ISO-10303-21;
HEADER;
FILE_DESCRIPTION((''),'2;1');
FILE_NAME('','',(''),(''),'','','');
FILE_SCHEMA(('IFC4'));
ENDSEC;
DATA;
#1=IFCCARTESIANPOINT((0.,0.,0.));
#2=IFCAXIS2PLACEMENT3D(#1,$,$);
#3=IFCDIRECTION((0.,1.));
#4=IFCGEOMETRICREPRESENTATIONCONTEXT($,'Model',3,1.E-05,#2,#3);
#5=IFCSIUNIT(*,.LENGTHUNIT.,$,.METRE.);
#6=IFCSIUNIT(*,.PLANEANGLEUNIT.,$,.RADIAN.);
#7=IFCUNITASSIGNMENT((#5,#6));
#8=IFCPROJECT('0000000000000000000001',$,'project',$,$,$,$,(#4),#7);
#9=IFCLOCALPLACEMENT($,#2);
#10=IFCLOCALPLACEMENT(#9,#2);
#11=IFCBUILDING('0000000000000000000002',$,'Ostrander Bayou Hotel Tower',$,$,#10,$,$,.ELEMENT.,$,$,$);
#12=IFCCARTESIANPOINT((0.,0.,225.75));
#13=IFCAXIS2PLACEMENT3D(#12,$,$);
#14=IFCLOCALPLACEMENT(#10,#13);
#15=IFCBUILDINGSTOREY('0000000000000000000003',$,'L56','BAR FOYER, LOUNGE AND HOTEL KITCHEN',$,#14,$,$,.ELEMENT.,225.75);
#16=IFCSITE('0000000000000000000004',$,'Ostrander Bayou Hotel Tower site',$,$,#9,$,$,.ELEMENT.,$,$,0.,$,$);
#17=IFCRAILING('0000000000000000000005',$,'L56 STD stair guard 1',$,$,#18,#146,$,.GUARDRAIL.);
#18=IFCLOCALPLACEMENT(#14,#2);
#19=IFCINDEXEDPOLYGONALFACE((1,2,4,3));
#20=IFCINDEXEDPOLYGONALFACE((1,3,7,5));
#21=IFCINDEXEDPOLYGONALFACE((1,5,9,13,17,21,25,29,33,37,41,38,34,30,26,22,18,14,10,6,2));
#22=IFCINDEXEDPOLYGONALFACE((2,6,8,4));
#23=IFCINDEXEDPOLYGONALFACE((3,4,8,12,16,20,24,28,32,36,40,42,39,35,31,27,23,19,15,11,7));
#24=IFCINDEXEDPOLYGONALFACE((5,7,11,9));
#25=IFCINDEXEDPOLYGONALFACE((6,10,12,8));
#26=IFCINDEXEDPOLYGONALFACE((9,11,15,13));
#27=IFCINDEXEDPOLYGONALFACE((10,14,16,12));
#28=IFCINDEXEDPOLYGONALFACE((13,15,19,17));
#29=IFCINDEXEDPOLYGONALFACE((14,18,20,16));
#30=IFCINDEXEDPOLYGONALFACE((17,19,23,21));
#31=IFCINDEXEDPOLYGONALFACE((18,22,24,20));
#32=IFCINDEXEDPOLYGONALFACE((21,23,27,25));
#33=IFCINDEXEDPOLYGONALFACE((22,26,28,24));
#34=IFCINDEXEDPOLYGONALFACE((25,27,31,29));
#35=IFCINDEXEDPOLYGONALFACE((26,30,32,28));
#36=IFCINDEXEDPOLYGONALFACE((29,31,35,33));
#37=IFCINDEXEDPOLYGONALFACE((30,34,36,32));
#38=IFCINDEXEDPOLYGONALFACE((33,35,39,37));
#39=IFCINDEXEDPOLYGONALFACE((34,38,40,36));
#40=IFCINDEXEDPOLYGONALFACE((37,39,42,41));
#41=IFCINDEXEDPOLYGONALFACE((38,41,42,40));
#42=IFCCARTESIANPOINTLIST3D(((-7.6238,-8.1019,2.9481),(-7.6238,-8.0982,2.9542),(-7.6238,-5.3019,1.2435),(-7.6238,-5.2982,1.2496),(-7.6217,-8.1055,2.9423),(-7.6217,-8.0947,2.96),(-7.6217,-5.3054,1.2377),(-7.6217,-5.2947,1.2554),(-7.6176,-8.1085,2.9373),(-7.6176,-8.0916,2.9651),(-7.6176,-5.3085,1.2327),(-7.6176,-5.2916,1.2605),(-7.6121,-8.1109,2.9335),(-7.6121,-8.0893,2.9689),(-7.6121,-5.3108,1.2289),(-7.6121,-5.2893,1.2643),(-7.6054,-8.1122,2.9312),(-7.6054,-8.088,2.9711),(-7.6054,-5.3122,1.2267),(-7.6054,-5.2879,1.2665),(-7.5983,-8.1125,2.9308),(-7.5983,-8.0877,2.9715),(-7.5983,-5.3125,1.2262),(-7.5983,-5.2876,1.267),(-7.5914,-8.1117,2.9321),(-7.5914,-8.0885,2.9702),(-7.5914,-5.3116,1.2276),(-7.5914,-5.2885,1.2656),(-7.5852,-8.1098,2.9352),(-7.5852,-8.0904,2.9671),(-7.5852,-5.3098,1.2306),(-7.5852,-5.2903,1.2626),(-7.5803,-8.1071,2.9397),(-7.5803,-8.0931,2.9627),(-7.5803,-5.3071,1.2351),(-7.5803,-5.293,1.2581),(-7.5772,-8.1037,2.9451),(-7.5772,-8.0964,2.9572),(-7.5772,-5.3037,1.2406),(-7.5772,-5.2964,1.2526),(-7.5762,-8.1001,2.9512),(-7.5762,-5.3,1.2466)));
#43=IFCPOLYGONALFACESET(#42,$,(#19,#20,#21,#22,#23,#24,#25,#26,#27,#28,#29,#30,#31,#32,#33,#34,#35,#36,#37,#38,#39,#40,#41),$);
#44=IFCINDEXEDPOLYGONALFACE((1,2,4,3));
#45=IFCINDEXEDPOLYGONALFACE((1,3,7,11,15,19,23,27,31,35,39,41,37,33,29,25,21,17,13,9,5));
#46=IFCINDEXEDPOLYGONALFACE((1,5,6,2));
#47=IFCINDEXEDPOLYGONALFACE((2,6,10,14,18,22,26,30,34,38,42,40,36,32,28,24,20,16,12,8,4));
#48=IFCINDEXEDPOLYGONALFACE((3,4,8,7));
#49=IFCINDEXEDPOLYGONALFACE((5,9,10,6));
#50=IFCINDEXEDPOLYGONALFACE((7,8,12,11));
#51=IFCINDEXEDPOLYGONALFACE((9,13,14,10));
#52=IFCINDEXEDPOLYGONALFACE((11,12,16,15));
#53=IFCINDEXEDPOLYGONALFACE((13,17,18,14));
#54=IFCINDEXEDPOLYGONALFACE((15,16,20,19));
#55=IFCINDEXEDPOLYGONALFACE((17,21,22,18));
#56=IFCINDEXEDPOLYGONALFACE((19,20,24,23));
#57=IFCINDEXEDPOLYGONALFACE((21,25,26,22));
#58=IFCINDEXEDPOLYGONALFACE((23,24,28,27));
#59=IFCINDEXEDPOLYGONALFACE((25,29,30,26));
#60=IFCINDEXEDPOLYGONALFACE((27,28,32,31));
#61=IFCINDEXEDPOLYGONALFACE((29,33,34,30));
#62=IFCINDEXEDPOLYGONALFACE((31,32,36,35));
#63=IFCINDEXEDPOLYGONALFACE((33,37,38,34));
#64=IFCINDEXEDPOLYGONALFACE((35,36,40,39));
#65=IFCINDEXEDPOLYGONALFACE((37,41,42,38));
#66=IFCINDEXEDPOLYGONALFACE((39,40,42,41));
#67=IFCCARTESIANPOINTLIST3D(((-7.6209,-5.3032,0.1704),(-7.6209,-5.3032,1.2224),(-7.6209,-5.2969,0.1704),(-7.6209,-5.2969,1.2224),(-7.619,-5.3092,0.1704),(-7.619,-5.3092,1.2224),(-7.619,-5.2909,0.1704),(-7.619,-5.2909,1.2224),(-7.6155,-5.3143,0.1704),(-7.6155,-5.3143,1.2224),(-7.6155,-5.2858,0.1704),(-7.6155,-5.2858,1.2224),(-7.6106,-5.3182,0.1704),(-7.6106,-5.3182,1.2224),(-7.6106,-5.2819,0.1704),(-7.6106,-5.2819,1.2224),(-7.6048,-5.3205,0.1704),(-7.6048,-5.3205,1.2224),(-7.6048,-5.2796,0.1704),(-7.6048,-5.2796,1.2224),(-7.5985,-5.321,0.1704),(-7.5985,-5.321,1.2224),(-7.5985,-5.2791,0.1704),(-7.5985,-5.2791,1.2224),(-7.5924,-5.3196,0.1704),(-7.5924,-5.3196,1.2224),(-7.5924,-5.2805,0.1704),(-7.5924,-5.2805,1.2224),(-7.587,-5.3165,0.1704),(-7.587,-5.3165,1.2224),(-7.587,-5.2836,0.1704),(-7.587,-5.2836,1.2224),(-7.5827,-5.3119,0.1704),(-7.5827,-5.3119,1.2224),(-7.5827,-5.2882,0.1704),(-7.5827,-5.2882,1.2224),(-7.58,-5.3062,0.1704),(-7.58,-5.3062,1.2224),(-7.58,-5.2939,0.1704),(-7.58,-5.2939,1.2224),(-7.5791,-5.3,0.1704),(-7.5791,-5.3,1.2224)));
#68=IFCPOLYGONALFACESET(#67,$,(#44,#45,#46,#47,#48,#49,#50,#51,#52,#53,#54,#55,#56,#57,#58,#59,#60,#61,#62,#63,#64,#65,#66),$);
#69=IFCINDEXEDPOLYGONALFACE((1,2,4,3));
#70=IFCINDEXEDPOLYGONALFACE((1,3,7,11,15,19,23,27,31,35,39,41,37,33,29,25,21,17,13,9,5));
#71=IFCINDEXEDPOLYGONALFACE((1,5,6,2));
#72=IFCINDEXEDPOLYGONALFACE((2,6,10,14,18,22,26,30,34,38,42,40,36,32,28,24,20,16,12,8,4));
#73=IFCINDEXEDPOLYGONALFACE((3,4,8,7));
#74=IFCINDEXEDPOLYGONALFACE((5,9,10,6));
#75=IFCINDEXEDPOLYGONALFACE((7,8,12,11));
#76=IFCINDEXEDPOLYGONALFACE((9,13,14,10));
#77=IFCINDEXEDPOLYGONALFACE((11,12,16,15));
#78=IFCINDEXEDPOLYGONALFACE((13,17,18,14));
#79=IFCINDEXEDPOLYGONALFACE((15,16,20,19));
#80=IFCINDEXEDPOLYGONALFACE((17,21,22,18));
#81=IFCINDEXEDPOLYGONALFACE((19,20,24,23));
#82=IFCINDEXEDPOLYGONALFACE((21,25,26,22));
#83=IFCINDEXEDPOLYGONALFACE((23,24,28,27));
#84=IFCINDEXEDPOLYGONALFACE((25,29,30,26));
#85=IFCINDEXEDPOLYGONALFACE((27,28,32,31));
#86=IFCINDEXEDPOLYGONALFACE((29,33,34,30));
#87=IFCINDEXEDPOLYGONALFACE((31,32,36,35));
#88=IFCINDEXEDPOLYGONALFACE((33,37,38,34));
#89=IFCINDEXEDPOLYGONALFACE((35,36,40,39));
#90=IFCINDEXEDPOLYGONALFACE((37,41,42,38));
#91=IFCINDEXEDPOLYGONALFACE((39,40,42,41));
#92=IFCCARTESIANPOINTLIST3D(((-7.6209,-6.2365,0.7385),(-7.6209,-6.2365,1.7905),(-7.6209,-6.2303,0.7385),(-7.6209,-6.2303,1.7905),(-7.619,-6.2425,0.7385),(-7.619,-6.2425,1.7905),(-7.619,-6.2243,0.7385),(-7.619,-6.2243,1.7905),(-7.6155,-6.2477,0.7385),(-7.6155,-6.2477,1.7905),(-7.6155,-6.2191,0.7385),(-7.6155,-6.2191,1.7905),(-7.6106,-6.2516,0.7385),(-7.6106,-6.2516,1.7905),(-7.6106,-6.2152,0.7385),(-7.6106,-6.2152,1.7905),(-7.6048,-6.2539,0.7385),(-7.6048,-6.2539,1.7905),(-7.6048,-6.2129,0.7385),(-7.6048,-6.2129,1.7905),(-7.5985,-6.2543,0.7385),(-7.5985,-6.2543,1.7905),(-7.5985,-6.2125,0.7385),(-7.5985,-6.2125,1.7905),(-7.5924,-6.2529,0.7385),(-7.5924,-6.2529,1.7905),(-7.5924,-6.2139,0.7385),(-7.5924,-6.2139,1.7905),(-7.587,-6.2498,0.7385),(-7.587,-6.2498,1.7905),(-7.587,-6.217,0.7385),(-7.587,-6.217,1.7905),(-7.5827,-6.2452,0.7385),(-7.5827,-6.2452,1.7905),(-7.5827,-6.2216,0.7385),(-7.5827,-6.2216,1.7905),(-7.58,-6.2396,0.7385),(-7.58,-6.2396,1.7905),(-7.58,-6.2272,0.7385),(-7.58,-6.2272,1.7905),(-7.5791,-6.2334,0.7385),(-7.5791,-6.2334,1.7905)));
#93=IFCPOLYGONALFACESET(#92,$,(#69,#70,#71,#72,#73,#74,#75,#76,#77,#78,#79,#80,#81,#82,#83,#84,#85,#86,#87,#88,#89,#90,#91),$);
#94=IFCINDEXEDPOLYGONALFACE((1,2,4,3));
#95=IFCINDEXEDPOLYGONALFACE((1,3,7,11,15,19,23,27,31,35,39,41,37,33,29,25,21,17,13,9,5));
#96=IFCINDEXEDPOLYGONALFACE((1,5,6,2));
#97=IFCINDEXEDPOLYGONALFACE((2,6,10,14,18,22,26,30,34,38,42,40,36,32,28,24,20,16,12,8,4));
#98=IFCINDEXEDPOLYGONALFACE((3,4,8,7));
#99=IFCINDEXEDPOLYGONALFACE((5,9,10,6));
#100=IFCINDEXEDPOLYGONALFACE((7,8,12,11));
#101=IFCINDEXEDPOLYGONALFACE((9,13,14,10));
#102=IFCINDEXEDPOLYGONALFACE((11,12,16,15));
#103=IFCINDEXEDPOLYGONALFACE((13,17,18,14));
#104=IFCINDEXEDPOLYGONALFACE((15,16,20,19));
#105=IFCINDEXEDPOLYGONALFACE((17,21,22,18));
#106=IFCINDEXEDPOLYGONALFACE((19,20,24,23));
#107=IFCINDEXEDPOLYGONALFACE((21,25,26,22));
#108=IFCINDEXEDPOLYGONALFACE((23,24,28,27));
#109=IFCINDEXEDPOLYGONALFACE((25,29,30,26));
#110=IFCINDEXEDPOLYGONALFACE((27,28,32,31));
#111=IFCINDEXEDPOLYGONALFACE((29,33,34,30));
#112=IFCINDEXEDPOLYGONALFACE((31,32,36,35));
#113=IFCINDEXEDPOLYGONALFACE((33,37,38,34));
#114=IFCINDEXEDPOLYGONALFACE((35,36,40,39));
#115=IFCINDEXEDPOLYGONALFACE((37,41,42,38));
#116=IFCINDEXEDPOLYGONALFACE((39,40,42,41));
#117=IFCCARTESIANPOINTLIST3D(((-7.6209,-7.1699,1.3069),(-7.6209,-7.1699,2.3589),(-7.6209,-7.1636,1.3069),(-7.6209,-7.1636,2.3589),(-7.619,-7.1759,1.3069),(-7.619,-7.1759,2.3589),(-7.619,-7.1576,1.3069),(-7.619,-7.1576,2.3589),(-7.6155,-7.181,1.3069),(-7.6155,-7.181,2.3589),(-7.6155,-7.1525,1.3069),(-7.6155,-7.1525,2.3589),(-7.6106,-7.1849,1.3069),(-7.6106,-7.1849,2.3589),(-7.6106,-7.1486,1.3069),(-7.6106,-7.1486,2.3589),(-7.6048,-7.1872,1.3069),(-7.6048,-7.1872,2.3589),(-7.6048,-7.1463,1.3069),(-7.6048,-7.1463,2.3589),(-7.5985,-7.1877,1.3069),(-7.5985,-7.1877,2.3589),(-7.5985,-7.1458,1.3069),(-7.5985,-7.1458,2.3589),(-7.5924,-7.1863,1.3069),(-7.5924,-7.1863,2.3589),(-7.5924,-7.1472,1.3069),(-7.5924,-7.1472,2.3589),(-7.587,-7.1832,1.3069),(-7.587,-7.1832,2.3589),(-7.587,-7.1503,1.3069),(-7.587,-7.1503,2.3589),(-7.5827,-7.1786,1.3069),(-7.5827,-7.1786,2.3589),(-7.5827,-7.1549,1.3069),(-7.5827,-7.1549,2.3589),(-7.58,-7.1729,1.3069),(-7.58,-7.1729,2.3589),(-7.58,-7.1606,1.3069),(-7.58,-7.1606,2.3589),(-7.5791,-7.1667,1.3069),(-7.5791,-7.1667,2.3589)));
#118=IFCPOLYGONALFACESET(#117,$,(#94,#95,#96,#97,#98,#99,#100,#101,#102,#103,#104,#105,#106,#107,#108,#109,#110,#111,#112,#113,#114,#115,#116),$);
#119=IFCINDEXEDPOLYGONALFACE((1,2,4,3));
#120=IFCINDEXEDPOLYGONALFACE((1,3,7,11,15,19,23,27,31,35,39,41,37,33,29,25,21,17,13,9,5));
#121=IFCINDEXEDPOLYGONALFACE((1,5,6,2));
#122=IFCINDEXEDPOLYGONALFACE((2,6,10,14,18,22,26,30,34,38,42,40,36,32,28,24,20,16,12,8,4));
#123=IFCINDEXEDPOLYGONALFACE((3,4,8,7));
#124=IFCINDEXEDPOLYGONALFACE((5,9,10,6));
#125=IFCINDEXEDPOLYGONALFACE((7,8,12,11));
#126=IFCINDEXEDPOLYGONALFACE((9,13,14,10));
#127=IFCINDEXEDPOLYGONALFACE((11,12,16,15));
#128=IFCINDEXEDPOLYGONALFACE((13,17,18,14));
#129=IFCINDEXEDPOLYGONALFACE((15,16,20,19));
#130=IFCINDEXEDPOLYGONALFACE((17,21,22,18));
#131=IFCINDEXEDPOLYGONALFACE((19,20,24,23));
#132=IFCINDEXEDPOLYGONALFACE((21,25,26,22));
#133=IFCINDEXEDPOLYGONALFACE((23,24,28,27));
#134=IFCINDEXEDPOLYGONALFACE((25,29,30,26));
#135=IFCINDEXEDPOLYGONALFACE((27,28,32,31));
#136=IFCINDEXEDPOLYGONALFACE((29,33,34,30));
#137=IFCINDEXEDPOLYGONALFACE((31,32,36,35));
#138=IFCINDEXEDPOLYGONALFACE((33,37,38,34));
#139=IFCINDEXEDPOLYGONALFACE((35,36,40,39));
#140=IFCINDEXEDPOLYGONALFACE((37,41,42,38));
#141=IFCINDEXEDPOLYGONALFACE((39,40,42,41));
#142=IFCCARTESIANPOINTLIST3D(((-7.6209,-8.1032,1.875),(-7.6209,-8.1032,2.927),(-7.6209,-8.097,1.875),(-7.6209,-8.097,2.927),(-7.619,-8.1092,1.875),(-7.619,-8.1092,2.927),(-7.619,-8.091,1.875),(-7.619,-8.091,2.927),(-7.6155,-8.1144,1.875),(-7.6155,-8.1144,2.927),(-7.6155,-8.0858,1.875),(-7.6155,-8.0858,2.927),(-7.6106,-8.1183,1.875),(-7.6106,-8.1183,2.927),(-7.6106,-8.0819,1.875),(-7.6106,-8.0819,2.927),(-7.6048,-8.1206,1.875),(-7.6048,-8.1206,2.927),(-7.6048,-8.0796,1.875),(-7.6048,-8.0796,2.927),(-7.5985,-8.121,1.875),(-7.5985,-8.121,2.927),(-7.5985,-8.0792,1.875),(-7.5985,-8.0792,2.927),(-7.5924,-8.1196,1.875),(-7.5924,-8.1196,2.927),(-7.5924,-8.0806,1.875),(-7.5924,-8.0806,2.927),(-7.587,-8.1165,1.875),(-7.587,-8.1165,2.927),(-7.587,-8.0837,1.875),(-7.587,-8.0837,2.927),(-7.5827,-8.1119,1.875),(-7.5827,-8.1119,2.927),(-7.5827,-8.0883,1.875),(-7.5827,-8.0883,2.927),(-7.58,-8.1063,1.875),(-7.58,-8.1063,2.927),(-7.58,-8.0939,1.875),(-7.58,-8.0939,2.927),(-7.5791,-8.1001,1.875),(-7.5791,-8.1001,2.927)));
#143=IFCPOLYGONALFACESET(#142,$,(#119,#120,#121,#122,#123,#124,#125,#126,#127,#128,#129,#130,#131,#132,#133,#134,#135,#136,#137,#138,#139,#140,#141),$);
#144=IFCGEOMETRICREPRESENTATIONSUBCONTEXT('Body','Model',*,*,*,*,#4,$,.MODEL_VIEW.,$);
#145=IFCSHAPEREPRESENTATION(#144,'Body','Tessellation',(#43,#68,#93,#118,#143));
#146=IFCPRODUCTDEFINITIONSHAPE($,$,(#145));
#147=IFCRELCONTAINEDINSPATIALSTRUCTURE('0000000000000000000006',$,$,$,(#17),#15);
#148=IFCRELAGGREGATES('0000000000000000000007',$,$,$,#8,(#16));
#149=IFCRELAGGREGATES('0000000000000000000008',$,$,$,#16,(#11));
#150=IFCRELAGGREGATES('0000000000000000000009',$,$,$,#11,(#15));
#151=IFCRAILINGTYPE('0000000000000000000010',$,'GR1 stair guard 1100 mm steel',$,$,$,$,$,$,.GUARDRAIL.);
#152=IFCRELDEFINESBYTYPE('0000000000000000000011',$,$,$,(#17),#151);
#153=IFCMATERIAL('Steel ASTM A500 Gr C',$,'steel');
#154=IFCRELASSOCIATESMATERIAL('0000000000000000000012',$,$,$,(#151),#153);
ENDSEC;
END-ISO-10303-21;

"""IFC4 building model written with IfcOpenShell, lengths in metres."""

from ifc_helpers import new_model, si_unit, direction, frame, origin, origin_2d, place, context, subcontext, project, spatial, circle, extrude, material, type_object, element, save


model = new_model("IFC4")

# Units and contexts
model_context = context("Model", 3, precision=1e-05, world=origin(), true_north=direction((0.0, 1.0)))
body_context = subcontext(model_context, "Body", "Model", "MODEL_VIEW")
ifc_project = project(units=[si_unit("LENGTHUNIT", "METRE"), si_unit("PLANEANGLEUNIT", "RADIAN")], contexts=[model_context])

# Site, building, storey
site_placement = place(None, origin())
site = spatial("IfcSite", under=ifc_project, at=site_placement, Name="Ostrander Bayou Hotel Tower site", CompositionType="ELEMENT", RefElevation=0.0)
building_placement = place(site_placement, origin())
building = spatial("IfcBuilding", under=site, at=building_placement, Name="Ostrander Bayou Hotel Tower", CompositionType="ELEMENT")
storey_placement = place(building_placement, frame((0.0, 0.0, 225.75)))
storey = spatial("IfcBuildingStorey", under=building, at=storey_placement, Name="L56", Description="BAR FOYER, LOUNGE AND HOTEL KITCHEN", CompositionType="ELEMENT", Elevation=225.75)

# Railing
ifc_material_1 = material(Name="Steel ASTM A500 Gr C", Category="steel")
railing_type_1 = type_object("IfcRailingType", Name="GR1 stair guard 1100 mm steel", PredefinedType="GUARDRAIL", material=ifc_material_1)
railing_1_placement = place(storey_placement, frame((-7.6001, -5.3, 0.1704)))
element("IfcRailing", 1, at=railing_1_placement, inside=storey, type_object=railing_type_1, Name="L56 STD stair guard 1", PredefinedType="GUARDRAIL", context=body_context, shape_type="SweptSolid", body=[
    extrude(circle(Radius=0.0239, at=origin_2d()), frame((0.0, 0.0, 1.0762), z_axis=(0.0, -0.85417, 0.519994), x_axis=(1.0, 0.0, 0.0)), (0.0, 0.0, 1.0), 3.2781),
    extrude(circle(Radius=0.021, at=origin_2d()), origin(), (0.0, 0.0, 1.0), 1.052),
    extrude(circle(Radius=0.021, at=origin_2d()), frame((0.0, -0.9333, 0.5681)), (0.0, 0.0, 1.0), 1.052),
    extrude(circle(Radius=0.021, at=origin_2d()), frame((0.0, -1.8667, 1.1365)), (0.0, 0.0, 1.0), 1.052),
    extrude(circle(Radius=0.021, at=origin_2d()), frame((0.0, -2.8, 1.7046)), (0.0, 0.0, 1.0), 1.052),
])

save(model, "model.ifc")
